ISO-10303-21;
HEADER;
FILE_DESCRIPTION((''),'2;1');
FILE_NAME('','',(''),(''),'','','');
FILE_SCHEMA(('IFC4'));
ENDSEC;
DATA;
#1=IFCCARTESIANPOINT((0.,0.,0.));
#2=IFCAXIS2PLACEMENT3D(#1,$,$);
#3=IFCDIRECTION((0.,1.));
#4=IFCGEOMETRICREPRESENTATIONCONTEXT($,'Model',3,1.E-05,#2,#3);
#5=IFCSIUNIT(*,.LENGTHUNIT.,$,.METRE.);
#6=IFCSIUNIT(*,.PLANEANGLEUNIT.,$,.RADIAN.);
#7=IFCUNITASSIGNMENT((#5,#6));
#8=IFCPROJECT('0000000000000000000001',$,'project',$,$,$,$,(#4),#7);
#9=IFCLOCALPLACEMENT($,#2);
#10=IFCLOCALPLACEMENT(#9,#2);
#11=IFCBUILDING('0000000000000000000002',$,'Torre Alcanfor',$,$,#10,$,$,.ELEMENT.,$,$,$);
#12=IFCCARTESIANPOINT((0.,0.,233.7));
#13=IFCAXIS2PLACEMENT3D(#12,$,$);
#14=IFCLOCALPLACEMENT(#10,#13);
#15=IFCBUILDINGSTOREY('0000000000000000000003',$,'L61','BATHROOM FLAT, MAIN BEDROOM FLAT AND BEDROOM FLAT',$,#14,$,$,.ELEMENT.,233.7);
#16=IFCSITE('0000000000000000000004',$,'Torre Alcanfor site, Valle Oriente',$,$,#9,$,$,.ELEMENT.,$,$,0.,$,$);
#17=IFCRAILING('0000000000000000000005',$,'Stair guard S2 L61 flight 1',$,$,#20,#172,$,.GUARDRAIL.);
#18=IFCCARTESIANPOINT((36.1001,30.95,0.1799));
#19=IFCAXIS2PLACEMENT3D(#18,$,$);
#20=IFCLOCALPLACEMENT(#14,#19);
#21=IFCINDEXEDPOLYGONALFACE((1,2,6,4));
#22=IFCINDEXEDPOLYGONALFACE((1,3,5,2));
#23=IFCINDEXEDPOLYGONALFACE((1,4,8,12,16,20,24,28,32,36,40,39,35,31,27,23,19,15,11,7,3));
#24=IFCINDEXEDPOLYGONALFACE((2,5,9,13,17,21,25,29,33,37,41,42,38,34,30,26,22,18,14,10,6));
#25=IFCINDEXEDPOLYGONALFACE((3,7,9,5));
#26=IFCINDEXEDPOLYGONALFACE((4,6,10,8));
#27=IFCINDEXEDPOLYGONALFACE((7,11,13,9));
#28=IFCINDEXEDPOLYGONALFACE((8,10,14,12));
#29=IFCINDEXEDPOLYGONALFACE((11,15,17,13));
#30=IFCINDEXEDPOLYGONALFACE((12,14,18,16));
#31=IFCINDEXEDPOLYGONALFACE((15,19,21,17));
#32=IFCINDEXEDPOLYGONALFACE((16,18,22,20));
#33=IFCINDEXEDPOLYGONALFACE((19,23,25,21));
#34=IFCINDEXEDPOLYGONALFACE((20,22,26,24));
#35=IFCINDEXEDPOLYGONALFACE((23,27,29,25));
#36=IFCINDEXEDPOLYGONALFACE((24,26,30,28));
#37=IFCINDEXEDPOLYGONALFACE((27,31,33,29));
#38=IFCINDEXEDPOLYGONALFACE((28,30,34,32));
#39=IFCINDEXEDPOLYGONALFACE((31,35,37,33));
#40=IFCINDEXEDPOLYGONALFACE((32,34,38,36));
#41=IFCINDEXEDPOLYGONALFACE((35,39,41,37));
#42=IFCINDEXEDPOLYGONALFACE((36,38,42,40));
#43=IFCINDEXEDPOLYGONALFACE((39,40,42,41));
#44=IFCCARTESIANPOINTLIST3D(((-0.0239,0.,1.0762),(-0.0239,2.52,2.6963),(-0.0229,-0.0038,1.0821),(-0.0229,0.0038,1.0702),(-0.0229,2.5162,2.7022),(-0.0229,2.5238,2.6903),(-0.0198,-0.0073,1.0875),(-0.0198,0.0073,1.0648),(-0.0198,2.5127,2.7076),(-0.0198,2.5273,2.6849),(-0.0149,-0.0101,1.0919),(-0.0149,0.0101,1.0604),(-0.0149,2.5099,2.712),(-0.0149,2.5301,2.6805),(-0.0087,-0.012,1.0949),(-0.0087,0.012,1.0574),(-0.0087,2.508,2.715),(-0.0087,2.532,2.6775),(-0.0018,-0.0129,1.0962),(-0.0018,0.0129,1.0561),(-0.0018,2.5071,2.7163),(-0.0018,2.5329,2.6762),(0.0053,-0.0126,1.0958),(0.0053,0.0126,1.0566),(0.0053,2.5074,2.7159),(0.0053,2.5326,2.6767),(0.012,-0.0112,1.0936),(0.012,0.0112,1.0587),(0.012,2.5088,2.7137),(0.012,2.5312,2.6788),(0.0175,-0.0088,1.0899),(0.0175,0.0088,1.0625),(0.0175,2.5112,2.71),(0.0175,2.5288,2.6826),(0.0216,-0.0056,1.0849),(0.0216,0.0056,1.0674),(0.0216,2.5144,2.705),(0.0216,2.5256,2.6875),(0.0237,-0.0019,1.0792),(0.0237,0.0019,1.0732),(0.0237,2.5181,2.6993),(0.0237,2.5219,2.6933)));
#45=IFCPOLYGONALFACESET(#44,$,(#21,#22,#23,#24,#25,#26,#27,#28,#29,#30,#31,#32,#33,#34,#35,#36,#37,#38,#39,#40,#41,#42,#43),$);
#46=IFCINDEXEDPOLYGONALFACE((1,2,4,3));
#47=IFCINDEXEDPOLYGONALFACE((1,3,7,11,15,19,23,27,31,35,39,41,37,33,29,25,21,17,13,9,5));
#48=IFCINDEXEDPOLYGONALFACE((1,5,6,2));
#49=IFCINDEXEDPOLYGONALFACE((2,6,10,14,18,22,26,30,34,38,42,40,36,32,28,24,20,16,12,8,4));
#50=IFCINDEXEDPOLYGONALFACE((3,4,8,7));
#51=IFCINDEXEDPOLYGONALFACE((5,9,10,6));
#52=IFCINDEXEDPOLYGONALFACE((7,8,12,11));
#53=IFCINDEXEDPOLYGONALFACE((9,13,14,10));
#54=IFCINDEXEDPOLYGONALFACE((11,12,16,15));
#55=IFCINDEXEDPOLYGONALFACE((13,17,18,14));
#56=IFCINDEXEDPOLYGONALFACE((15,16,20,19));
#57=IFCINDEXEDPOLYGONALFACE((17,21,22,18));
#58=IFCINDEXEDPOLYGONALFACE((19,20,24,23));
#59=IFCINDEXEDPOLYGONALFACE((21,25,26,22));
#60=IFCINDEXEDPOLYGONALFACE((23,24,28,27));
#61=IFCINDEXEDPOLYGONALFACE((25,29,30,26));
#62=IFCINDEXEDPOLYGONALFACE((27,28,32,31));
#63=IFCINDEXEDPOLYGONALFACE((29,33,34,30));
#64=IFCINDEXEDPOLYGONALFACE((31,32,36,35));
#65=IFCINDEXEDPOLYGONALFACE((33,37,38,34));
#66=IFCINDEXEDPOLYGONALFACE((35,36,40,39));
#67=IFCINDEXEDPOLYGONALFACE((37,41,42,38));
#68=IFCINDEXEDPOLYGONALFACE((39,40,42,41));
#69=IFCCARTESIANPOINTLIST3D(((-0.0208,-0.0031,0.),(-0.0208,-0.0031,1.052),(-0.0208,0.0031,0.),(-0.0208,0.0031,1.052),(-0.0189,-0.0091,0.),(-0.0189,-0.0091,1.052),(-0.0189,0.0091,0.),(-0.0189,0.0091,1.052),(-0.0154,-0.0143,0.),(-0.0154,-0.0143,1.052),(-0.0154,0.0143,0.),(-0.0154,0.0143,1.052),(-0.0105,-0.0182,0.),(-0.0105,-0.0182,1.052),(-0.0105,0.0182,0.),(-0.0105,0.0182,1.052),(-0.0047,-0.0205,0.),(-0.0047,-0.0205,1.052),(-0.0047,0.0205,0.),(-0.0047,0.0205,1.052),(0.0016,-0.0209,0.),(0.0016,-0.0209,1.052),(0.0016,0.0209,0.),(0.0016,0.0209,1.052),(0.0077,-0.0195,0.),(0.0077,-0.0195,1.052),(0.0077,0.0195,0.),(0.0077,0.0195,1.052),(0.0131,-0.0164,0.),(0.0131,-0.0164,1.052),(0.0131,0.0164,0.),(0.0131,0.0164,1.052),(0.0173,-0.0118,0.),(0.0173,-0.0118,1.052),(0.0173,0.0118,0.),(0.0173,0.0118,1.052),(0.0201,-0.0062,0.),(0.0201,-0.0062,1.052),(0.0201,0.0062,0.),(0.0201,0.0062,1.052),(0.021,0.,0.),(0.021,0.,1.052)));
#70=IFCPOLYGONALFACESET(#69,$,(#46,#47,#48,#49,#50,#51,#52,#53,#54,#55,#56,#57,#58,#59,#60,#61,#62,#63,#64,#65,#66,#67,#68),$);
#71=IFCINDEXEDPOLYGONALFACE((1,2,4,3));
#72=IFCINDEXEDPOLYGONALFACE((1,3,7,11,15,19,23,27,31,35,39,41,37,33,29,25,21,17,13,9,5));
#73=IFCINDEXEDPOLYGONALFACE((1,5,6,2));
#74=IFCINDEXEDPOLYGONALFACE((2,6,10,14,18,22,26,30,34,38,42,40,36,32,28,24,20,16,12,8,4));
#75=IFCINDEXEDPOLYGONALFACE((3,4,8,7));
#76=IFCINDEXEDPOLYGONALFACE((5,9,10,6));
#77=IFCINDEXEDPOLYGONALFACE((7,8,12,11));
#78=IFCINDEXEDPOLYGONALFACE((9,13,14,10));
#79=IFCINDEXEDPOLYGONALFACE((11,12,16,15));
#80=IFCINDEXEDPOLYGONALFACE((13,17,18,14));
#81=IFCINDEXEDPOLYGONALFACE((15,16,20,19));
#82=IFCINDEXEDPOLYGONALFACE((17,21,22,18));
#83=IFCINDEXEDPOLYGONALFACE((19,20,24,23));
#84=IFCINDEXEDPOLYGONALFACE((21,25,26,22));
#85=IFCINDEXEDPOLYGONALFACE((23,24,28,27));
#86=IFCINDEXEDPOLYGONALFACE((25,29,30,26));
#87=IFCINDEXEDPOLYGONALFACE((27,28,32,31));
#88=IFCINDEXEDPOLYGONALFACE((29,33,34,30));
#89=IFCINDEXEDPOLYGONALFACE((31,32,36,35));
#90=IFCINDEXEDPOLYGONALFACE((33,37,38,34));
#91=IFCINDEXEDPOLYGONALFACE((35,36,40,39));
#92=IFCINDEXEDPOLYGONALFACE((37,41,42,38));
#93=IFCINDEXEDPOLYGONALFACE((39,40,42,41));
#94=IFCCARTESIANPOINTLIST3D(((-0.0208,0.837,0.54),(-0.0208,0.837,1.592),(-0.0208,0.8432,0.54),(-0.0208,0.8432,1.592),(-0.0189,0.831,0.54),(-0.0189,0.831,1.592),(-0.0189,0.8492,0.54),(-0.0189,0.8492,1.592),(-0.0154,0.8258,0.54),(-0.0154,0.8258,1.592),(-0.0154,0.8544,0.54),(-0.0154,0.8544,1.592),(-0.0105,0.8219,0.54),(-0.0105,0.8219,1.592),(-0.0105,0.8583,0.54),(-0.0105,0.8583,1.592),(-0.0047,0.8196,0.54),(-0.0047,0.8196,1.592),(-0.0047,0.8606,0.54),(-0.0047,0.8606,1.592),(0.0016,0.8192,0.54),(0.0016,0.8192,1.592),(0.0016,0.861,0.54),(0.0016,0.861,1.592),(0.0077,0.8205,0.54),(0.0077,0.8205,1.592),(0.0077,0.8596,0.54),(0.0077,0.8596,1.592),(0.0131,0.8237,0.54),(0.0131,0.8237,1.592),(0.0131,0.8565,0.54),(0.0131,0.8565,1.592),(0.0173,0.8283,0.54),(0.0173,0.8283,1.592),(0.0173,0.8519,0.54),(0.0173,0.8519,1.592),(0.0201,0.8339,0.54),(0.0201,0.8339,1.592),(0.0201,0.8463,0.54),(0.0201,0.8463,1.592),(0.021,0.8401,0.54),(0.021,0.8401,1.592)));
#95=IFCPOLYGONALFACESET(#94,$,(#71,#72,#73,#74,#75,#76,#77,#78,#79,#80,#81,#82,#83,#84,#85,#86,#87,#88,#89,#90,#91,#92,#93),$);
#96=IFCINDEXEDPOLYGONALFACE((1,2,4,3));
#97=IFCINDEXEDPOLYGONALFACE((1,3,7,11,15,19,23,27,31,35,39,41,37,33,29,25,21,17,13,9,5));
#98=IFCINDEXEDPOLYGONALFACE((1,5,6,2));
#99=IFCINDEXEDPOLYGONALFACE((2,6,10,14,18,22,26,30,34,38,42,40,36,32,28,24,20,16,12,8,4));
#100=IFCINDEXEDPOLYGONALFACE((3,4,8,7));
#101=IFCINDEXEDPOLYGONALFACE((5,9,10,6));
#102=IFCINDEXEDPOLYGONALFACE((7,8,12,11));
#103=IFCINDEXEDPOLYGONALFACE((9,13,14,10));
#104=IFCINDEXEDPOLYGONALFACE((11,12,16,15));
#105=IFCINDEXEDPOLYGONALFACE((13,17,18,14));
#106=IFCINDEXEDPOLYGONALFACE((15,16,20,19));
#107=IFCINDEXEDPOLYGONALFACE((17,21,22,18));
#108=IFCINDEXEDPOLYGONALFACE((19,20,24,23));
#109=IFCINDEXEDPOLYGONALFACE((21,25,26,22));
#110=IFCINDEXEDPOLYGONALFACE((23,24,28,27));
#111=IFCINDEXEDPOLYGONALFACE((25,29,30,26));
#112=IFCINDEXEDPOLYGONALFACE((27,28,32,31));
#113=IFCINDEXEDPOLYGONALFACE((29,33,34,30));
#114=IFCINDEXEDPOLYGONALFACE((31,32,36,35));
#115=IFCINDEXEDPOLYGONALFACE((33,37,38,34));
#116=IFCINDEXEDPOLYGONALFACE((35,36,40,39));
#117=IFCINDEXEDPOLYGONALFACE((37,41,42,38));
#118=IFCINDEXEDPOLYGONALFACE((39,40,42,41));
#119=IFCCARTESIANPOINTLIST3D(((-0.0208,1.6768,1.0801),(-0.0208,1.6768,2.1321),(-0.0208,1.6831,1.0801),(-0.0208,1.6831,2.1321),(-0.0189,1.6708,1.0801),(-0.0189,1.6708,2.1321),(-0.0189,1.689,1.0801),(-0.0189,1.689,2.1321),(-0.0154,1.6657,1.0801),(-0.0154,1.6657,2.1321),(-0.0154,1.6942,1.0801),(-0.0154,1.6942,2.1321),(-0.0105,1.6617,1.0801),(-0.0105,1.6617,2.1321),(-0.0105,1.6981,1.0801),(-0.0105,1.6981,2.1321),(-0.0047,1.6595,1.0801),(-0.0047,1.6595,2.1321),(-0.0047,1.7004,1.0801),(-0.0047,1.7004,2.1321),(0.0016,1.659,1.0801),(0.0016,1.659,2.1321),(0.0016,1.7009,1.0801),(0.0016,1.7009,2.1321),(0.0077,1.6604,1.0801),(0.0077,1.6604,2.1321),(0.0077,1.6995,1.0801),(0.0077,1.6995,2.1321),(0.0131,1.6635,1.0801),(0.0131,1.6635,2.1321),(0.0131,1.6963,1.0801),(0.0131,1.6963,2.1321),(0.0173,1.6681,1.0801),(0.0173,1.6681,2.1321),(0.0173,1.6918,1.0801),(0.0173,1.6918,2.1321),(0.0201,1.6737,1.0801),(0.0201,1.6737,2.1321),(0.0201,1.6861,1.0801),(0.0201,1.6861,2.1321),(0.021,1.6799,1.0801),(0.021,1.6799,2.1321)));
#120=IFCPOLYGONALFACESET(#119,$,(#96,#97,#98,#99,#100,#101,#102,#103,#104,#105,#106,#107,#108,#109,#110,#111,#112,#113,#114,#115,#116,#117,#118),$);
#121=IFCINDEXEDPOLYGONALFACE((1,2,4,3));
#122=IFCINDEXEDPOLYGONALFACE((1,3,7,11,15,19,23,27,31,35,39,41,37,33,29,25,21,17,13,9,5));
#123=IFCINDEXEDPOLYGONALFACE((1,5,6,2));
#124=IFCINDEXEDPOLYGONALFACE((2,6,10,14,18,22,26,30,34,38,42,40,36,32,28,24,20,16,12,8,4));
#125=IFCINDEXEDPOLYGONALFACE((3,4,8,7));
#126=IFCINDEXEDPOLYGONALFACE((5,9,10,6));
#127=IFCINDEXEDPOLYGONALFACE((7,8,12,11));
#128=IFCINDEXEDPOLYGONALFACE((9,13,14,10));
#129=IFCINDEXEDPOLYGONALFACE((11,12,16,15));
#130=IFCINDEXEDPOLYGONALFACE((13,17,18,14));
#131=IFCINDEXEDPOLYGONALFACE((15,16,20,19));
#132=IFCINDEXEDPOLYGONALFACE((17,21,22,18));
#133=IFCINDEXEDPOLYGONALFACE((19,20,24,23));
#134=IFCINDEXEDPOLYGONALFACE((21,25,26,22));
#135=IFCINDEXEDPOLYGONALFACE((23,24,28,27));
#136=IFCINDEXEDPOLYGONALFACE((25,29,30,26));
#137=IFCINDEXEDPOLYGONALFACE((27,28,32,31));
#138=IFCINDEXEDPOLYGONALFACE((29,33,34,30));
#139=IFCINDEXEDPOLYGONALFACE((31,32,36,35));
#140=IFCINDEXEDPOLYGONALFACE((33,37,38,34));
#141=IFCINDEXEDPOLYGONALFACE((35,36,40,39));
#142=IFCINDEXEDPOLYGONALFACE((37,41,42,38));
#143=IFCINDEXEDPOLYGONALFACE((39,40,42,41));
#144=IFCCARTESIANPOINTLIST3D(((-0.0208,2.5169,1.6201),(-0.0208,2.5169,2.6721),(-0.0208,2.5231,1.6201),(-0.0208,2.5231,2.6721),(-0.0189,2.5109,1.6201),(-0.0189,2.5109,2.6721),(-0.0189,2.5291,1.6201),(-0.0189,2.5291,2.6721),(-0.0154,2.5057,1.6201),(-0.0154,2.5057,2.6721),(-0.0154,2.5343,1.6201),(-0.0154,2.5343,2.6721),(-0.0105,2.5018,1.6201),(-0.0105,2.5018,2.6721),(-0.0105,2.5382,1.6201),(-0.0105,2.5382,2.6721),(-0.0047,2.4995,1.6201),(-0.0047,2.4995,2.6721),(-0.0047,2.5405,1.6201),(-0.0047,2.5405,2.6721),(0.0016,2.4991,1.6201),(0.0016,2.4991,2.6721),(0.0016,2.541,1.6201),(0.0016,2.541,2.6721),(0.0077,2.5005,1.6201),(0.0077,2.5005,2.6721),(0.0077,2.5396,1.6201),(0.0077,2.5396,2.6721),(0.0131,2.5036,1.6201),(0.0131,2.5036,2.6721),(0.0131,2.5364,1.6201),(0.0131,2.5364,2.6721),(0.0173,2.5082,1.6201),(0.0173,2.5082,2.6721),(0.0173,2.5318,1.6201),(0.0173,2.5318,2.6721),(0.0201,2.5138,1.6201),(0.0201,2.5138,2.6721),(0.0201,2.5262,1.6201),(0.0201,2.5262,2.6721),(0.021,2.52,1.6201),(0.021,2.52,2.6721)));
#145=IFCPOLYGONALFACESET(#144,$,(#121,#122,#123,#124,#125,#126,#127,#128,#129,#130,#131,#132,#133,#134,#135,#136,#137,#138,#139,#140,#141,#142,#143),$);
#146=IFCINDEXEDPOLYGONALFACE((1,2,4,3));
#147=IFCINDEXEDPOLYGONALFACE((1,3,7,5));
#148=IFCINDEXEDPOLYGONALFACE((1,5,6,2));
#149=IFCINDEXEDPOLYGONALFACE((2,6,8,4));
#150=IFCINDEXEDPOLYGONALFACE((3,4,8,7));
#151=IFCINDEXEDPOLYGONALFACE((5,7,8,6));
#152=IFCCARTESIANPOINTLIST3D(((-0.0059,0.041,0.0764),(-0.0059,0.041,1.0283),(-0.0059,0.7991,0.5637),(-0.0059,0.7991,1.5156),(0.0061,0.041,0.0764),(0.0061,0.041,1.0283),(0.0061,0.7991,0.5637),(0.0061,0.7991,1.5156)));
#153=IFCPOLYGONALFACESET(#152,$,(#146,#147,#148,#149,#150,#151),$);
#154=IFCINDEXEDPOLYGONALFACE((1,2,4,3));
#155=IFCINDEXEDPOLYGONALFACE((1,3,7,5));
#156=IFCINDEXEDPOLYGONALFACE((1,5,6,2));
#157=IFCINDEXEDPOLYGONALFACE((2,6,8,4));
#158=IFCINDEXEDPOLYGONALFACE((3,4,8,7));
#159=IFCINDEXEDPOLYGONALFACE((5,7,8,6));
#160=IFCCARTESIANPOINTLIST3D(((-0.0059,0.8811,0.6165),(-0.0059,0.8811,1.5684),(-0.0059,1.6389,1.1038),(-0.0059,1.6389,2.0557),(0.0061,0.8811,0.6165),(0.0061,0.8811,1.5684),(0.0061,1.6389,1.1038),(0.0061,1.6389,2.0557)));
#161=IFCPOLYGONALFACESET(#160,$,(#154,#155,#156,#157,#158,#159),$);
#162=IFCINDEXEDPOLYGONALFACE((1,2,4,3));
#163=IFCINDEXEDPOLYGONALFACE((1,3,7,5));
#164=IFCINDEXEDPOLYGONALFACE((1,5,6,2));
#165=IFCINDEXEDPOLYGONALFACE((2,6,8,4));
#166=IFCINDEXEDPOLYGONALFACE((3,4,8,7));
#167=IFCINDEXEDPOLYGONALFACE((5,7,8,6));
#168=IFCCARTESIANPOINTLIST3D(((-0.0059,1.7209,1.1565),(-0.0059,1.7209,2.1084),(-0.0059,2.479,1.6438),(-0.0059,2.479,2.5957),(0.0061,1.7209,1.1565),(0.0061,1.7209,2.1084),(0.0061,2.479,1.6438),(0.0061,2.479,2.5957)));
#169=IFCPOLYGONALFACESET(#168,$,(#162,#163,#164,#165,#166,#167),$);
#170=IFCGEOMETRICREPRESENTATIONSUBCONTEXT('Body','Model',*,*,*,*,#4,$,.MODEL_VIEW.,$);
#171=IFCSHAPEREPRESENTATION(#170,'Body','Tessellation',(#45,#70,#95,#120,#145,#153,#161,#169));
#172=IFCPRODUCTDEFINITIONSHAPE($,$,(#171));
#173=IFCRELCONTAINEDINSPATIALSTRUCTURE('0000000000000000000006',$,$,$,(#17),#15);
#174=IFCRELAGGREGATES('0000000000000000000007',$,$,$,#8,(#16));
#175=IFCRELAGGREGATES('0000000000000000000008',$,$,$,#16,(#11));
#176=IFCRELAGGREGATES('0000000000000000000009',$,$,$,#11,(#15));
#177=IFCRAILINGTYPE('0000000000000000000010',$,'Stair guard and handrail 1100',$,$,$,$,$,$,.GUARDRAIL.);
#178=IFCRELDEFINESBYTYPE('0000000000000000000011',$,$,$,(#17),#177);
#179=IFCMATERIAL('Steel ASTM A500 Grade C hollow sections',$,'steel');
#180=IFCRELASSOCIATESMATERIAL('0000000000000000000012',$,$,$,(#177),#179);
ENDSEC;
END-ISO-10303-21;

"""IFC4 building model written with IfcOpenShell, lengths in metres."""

from ifc_helpers import new_model, si_unit, direction, frame, origin, origin_2d, place, context, subcontext, project, spatial, polyline, circle, outline, extrude, material, type_object, element, save


model = new_model("IFC4")

# Units and contexts
model_context = context("Model", 3, precision=1e-05, world=origin(), true_north=direction((0.0, 1.0)))
body_context = subcontext(model_context, "Body", "Model", "MODEL_VIEW")
ifc_project = project(units=[si_unit("LENGTHUNIT", "METRE"), si_unit("PLANEANGLEUNIT", "RADIAN")], contexts=[model_context])

# Site, building, storey
site_placement = place(None, origin())
site = spatial("IfcSite", under=ifc_project, at=site_placement, Name="Torre Alcanfor site, Valle Oriente", CompositionType="ELEMENT", RefElevation=0.0)
building_placement = place(site_placement, origin())
building = spatial("IfcBuilding", under=site, at=building_placement, Name="Torre Alcanfor", CompositionType="ELEMENT")
storey_placement = place(building_placement, frame((0.0, 0.0, 233.7)))
storey = spatial("IfcBuildingStorey", under=building, at=storey_placement, Name="L61", Description="BATHROOM FLAT, MAIN BEDROOM FLAT AND BEDROOM FLAT", CompositionType="ELEMENT", Elevation=233.7)

# Railing
ifc_material_1 = material(Name="Steel ASTM A500 Grade C hollow sections", Category="steel")
railing_type_1 = type_object("IfcRailingType", Name="Stair guard and handrail 1100", PredefinedType="GUARDRAIL", material=ifc_material_1)
railing_1_placement = place(storey_placement, frame((36.1001, 30.95, 0.1799)))
element("IfcRailing", 1, at=railing_1_placement, inside=storey, type_object=railing_type_1, Name="Stair guard S2 L61 flight 1", PredefinedType="GUARDRAIL", context=body_context, shape_type="SweptSolid", body=[
    extrude(circle(Radius=0.0239, at=origin_2d()), frame((0.0, 0.0, 1.0762), z_axis=(0.0, 0.841163, 0.540782), x_axis=(-1.0, 0.0, 0.0)), (0.0, 0.0, 1.0), 2.9958),
    extrude(circle(Radius=0.021, at=origin_2d()), origin(), (0.0, 0.0, 1.0), 1.052),
    extrude(circle(Radius=0.021, at=origin_2d()), frame((0.0, 0.8401, 0.54)), (0.0, 0.0, 1.0), 1.052),
    extrude(circle(Radius=0.021, at=origin_2d()), frame((0.0, 1.6799, 1.0801)), (0.0, 0.0, 1.0), 1.052),
    extrude(circle(Radius=0.021, at=origin_2d()), frame((0.0, 2.52, 1.6201)), (0.0, 0.0, 1.0), 1.052),
    extrude(outline(polyline([(0.041, 0.0764), (0.7991, 0.5637), (0.7991, 1.5156), (0.041, 1.0283), (0.041, 0.0764)])), frame((-0.0059, 0.0, 0.0), z_axis=(1.0, 0.0, 0.0), x_axis=(0.0, 1.0, 0.0)), (0.0, 0.0, 1.0), 0.012),
    extrude(outline(polyline([(0.8811, 0.6165), (1.6389, 1.1038), (1.6389, 2.0557), (0.8811, 1.5684), (0.8811, 0.6165)])), frame((-0.0059, 0.0, 0.0), z_axis=(1.0, 0.0, 0.0), x_axis=(0.0, 1.0, 0.0)), (0.0, 0.0, 1.0), 0.012),
    extrude(outline(polyline([(1.7209, 1.1565), (2.479, 1.6438), (2.479, 2.5957), (1.7209, 2.1084), (1.7209, 1.1565)])), frame((-0.0059, 0.0, 0.0), z_axis=(1.0, 0.0, 0.0), x_axis=(0.0, 1.0, 0.0)), (0.0, 0.0, 1.0), 0.012),
])

save(model, "model.ifc")
